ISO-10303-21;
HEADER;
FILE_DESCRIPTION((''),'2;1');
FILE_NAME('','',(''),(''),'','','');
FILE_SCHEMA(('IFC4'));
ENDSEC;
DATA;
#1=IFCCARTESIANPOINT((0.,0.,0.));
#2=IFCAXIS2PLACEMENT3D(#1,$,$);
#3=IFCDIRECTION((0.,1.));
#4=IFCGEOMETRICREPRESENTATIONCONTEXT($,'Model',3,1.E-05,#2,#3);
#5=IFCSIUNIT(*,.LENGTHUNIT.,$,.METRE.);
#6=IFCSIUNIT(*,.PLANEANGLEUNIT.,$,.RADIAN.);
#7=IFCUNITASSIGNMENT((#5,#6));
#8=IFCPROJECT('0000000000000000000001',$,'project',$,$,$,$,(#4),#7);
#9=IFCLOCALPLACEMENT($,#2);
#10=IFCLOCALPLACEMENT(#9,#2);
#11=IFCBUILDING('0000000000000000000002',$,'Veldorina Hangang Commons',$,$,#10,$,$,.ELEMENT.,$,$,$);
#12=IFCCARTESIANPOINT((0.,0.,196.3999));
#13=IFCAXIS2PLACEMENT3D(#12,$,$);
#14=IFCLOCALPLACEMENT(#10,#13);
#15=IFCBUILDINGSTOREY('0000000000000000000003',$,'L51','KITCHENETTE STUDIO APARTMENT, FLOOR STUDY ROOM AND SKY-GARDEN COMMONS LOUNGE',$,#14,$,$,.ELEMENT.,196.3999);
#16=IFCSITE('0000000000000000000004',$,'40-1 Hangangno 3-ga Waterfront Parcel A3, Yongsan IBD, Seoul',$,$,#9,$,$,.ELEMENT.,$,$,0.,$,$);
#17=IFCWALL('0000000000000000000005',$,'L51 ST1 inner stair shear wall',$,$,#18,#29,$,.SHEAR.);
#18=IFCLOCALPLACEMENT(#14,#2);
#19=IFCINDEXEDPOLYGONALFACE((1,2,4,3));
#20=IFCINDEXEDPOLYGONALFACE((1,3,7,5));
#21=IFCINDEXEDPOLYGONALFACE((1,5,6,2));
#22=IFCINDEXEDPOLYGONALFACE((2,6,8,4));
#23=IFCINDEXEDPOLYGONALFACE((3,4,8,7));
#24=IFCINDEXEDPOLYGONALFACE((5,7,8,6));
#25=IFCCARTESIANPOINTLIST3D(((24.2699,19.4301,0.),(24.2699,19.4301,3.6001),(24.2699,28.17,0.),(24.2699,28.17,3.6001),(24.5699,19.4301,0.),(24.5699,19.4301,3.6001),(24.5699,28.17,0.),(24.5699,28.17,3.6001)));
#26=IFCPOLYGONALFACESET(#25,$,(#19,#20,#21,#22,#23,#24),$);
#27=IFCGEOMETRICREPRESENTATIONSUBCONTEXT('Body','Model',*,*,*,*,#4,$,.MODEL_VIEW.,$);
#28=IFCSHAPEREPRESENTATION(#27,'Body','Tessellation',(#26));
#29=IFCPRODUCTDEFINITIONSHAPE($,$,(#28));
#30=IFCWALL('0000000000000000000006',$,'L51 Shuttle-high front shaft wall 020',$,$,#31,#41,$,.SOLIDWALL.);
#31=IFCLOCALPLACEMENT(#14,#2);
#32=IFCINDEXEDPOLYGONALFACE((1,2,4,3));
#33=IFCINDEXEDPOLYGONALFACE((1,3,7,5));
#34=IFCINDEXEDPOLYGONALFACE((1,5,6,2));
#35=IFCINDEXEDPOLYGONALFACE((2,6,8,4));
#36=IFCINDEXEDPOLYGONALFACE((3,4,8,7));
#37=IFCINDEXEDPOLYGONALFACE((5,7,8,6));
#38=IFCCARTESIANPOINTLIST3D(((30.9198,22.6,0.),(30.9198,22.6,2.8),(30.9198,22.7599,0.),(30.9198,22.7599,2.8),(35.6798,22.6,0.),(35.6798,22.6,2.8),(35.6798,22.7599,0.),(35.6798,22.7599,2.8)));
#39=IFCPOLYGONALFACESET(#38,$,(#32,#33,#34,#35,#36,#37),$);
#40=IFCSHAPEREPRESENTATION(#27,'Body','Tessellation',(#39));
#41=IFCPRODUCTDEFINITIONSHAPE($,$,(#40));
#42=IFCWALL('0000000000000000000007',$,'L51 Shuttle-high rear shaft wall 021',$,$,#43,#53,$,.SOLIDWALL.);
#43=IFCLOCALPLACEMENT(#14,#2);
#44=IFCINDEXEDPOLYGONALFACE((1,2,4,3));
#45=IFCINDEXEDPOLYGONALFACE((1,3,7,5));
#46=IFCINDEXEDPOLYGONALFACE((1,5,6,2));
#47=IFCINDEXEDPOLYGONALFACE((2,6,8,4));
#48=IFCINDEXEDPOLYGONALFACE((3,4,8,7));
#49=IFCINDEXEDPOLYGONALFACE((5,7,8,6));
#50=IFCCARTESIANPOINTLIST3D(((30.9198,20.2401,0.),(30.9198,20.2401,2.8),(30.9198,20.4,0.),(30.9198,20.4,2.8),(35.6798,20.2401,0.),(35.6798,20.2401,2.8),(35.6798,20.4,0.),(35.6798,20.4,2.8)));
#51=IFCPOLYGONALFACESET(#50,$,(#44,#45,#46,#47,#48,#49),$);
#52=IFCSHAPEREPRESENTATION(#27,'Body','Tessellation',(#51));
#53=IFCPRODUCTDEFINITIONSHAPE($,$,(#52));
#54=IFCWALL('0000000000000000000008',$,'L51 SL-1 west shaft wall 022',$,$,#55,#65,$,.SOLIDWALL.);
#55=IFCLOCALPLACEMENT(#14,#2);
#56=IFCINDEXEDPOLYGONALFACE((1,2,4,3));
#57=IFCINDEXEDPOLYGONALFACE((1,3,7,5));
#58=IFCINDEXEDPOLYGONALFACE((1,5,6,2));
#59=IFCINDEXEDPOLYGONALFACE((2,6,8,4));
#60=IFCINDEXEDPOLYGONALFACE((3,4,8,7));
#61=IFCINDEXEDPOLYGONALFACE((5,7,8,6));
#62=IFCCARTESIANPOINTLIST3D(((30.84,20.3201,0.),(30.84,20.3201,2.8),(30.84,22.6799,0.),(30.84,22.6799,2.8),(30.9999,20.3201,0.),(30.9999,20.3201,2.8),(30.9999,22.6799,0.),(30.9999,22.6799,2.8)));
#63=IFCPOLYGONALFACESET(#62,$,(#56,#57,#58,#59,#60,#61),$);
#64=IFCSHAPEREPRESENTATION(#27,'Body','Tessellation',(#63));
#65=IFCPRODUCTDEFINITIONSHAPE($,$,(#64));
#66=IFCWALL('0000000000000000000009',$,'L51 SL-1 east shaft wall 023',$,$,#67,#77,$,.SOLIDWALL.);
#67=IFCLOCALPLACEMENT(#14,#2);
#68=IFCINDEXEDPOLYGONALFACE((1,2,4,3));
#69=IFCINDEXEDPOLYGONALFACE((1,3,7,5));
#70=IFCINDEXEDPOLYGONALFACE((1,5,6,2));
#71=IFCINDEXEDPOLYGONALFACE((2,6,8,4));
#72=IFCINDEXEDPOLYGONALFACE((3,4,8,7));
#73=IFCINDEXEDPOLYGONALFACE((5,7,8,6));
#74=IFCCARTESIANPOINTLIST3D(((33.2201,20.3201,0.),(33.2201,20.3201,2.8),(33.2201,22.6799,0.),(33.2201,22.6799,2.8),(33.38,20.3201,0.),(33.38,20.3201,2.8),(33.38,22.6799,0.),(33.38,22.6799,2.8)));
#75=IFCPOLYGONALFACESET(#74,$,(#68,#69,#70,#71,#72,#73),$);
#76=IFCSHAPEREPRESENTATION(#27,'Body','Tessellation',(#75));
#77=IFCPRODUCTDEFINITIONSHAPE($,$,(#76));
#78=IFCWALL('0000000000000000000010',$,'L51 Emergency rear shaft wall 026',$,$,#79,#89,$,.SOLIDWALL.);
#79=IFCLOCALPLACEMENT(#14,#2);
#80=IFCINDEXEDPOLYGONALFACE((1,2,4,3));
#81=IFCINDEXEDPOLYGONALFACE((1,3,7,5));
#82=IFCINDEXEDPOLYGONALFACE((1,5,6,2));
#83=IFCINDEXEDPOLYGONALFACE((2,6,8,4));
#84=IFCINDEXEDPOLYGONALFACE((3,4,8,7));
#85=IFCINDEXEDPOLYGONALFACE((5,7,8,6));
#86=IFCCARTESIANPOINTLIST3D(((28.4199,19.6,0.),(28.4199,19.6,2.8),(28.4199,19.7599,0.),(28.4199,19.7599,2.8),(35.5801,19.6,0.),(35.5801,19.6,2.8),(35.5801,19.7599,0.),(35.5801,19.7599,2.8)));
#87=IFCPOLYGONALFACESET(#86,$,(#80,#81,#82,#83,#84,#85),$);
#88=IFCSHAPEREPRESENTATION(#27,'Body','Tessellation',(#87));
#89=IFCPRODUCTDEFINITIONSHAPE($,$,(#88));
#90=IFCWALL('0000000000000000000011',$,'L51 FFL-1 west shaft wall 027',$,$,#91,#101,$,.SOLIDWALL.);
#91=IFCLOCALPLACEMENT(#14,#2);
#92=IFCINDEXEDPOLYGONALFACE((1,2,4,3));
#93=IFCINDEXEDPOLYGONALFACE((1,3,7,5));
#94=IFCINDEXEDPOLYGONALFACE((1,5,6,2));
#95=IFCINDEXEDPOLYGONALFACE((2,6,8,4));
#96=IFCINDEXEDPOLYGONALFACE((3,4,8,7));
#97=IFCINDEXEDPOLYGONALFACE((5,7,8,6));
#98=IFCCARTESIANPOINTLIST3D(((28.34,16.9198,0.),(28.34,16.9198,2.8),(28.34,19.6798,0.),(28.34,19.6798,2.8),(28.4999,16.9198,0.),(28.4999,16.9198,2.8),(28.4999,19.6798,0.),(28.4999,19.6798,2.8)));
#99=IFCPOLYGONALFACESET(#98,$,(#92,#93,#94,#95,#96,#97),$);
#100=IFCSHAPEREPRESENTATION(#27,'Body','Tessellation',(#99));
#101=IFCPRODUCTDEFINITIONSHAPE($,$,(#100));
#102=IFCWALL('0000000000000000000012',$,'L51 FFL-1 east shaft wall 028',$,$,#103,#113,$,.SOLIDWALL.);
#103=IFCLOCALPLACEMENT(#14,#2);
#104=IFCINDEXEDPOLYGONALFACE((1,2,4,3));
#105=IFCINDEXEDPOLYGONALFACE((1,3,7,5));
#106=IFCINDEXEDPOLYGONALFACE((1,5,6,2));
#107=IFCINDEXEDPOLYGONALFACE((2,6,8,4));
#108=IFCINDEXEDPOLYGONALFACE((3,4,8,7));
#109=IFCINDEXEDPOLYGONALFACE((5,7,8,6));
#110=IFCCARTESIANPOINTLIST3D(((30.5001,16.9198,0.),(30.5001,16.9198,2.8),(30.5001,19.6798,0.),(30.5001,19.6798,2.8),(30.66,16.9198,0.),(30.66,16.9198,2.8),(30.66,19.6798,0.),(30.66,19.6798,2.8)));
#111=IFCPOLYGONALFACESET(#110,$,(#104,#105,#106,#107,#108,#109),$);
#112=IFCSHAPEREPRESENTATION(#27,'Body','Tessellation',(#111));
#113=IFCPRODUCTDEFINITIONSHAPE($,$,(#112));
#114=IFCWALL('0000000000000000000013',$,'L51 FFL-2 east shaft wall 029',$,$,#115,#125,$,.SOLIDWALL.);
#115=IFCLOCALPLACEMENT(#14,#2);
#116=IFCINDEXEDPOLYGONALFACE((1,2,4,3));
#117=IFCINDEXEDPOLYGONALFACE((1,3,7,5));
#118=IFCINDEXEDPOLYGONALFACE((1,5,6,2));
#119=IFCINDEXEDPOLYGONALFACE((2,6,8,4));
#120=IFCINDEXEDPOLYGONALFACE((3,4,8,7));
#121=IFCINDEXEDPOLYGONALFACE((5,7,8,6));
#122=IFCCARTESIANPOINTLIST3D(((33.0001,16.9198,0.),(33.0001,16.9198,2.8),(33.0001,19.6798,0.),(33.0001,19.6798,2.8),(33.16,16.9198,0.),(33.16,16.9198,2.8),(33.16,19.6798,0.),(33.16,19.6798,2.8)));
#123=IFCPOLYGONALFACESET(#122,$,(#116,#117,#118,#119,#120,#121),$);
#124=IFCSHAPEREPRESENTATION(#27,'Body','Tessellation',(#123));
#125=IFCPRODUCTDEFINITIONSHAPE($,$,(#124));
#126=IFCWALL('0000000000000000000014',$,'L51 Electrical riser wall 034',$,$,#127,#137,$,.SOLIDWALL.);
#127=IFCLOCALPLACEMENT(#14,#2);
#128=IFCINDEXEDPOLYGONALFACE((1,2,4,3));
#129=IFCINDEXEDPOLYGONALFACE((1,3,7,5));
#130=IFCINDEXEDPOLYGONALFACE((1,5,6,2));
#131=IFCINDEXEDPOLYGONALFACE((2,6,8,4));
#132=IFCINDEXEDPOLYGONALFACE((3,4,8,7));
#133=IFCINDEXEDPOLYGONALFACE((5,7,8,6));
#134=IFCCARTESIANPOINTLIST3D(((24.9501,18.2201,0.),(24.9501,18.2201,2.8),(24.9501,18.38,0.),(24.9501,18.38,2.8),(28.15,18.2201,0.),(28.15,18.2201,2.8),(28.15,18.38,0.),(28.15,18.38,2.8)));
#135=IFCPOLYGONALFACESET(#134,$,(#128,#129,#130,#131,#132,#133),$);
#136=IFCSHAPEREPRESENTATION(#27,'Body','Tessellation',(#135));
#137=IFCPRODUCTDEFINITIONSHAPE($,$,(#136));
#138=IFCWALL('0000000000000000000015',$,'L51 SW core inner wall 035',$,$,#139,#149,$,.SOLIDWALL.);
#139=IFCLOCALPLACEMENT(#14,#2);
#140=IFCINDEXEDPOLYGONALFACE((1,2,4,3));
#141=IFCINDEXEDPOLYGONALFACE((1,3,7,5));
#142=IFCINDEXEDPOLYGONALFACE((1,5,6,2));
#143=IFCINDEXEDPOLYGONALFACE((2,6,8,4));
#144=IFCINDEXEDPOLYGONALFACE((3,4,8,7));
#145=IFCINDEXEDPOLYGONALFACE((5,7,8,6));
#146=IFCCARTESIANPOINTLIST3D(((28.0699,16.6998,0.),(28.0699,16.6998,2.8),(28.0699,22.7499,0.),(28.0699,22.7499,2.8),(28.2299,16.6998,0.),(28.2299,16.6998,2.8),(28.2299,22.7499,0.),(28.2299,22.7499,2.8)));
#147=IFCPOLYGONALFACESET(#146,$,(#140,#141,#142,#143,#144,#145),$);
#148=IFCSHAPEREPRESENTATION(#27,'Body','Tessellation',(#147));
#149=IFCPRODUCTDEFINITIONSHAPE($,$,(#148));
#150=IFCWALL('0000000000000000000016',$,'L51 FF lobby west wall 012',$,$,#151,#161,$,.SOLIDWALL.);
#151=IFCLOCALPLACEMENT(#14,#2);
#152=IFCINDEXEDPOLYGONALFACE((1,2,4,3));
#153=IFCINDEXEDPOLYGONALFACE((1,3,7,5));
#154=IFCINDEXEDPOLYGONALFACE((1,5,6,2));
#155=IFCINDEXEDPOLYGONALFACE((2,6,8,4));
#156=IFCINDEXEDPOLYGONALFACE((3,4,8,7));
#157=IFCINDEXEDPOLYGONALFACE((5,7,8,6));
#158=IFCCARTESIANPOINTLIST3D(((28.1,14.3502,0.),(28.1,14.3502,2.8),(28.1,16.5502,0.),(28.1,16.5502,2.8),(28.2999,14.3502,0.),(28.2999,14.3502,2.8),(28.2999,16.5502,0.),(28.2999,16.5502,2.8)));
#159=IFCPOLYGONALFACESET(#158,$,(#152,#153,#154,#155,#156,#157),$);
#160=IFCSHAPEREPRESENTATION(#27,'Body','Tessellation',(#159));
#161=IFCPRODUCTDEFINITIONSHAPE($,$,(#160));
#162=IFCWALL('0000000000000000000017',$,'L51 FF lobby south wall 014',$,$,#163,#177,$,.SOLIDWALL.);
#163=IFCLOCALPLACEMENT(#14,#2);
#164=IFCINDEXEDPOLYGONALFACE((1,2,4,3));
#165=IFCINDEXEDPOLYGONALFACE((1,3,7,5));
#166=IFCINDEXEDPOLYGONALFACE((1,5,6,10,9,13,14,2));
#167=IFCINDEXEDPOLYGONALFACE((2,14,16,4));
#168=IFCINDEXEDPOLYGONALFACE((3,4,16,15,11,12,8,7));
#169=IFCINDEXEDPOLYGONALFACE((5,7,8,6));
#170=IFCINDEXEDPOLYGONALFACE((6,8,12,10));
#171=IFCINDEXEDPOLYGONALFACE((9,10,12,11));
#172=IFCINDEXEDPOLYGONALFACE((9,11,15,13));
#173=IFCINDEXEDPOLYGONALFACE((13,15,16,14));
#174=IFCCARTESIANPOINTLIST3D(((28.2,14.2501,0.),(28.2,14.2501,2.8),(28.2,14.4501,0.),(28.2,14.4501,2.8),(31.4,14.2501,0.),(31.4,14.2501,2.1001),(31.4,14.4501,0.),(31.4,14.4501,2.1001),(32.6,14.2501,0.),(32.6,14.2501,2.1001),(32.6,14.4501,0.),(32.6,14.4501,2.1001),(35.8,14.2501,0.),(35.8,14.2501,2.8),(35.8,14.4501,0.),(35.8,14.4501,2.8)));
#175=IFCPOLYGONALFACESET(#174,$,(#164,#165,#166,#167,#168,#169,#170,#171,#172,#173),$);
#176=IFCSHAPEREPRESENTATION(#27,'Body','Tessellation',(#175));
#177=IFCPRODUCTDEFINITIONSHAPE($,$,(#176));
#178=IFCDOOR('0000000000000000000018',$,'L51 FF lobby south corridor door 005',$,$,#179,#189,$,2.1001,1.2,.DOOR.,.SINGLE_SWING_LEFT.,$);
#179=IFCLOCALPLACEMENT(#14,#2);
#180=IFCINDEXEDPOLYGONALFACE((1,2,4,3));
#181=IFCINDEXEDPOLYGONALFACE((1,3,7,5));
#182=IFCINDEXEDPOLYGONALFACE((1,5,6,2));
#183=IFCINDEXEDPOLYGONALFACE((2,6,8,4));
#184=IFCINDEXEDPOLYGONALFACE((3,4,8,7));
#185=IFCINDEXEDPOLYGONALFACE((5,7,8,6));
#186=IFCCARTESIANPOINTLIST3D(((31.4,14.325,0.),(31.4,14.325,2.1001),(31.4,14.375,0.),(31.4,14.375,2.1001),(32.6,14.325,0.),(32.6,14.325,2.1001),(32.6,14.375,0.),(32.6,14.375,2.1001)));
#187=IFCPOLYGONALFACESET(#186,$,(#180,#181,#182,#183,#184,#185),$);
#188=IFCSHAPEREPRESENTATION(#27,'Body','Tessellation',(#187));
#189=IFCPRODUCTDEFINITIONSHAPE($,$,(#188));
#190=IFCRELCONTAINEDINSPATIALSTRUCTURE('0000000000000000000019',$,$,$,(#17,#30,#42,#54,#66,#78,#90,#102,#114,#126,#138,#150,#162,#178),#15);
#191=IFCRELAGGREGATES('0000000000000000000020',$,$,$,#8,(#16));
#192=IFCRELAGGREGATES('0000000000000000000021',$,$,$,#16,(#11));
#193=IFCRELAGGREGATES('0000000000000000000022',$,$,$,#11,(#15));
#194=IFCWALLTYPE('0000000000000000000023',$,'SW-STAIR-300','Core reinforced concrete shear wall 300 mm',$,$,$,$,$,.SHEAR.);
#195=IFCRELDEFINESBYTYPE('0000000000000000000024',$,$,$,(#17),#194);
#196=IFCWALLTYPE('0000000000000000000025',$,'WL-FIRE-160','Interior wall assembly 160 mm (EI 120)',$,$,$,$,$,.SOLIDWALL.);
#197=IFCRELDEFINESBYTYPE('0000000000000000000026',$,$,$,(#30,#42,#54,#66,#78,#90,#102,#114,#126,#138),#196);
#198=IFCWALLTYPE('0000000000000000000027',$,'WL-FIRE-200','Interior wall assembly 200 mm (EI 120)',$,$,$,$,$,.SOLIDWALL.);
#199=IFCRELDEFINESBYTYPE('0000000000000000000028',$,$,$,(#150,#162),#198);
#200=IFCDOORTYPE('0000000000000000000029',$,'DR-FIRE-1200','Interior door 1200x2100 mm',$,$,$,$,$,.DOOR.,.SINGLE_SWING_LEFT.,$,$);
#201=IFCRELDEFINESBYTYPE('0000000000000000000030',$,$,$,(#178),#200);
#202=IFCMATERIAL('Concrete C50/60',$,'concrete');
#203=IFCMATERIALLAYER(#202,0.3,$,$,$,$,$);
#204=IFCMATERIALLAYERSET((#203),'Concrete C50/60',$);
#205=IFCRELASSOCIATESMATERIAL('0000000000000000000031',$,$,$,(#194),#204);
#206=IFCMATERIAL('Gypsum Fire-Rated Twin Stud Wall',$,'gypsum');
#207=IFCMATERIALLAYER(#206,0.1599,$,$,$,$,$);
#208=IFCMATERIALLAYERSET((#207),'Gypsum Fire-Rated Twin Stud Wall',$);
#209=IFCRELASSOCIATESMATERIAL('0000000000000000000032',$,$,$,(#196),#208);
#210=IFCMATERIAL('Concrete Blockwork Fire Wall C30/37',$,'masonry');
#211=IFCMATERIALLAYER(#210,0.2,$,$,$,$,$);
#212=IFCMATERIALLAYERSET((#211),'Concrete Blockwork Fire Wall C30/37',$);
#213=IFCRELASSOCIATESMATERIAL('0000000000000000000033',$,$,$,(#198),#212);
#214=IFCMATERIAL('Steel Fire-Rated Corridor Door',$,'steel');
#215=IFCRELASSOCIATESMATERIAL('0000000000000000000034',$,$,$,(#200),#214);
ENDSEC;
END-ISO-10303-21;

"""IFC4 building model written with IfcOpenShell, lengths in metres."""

from ifc_helpers import new_model, si_unit, direction, frame, frame_2d, origin, place, context, subcontext, project, spatial, rectangle, extrude, material, layer, layer_set, type_object, element, fill, save


model = new_model("IFC4")

# Units and contexts
model_context = context("Model", 3, precision=1e-05, world=origin(), true_north=direction((0.0, 1.0)))
body_context = subcontext(model_context, "Body", "Model", "MODEL_VIEW")
ifc_project = project(units=[si_unit("LENGTHUNIT", "METRE"), si_unit("PLANEANGLEUNIT", "RADIAN")], contexts=[model_context])

# Site, building, storey
site_placement = place(None, origin())
site = spatial("IfcSite", under=ifc_project, at=site_placement, Name="40-1 Hangangno 3-ga Waterfront Parcel A3, Yongsan IBD, Seoul", CompositionType="ELEMENT", RefElevation=0.0)
building_placement = place(site_placement, origin())
building = spatial("IfcBuilding", under=site, at=building_placement, Name="Veldorina Hangang Commons", CompositionType="ELEMENT")
storey_placement = place(building_placement, frame((0.0, 0.0, 196.3999)))
storey = spatial("IfcBuildingStorey", under=building, at=storey_placement, Name="L51", Description="KITCHENETTE STUDIO APARTMENT, FLOOR STUDY ROOM AND SKY-GARDEN COMMONS LOUNGE", CompositionType="ELEMENT", Elevation=196.3999)

# Walls
ifc_material_1 = material(Name="Concrete C50/60", Category="concrete")
ifc_layer_1 = layer(ifc_material_1, 0.3)
ifc_layer_set_1 = layer_set([ifc_layer_1], Name="Concrete C50/60")
wall_type_1 = type_object("IfcWallType", Name="SW-STAIR-300", Description="Core reinforced concrete shear wall 300 mm", PredefinedType="SHEAR", material=ifc_layer_set_1)
wall_1_placement = place(storey_placement, frame((24.4199, 19.4299, 0.0), z_axis=(0.0, 0.0, 1.0), x_axis=(0.0, 1.0, 0.0)))
element("IfcWall", 1, at=wall_1_placement, inside=storey, type_object=wall_type_1, Name="L51 ST1 inner stair shear wall", PredefinedType="SHEAR", context=body_context, shape_type="SweptSolid", body=[
    extrude(rectangle(XDim=8.74, YDim=0.3, at=frame_2d((4.3701, 0.0))), origin(), (0.0, 0.0, 1.0), 3.6001),
])
ifc_material_2 = material(Name="Gypsum Fire-Rated Twin Stud Wall", Category="gypsum")
ifc_layer_2 = layer(ifc_material_2, 0.1599)
ifc_layer_set_2 = layer_set([ifc_layer_2], Name="Gypsum Fire-Rated Twin Stud Wall")
wall_type_2 = type_object("IfcWallType", Name="WL-FIRE-160", Description="Interior wall assembly 160 mm (EI 120)", PredefinedType="SOLIDWALL", material=ifc_layer_set_2)
for number, where, z_axis, x_axis, name in (
    (2, (30.9199, 22.6799, 0.0), (0.0, 0.0, 1.0), (1.0, 0.0, 0.0), "L51 Shuttle-high front shaft wall 020"),
    (3, (30.9199, 20.3201, 0.0), (0.0, 0.0, 1.0), (1.0, 0.0, 0.0), "L51 Shuttle-high rear shaft wall 021"),
):
    element("IfcWall", number, at=place(storey_placement, frame(where, z_axis=z_axis, x_axis=x_axis)), inside=storey, type_object=wall_type_2, Name=name, PredefinedType="SOLIDWALL", context=body_context, shape_type="SweptSolid", body=[
        extrude(rectangle(XDim=4.76, YDim=0.1599, at=frame_2d((2.3799, 0.0))), origin(), (0.0, 0.0, 1.0), 2.8),
    ])
for number, where, z_axis, x_axis, name in (
    (4, (30.9199, 20.3201, 0.0), (0.0, 0.0, 1.0), (0.0, 1.0, 0.0), "L51 SL-1 west shaft wall 022"),
    (5, (33.3, 20.3201, 0.0), (0.0, 0.0, 1.0), (0.0, 1.0, 0.0), "L51 SL-1 east shaft wall 023"),
):
    element("IfcWall", number, at=place(storey_placement, frame(where, z_axis=z_axis, x_axis=x_axis)), inside=storey, type_object=wall_type_2, Name=name, PredefinedType="SOLIDWALL", context=body_context, shape_type="SweptSolid", body=[
        extrude(rectangle(XDim=2.3599, YDim=0.1599, at=frame_2d((1.1799, 0.0))), origin(), (0.0, 0.0, 1.0), 2.8),
    ])

# Walls
wall_2_placement = place(storey_placement, frame((28.4199, 19.6799, 0.0), z_axis=(0.0, 0.0, 1.0), x_axis=(1.0, 0.0, 0.0)))
element("IfcWall", 6, at=wall_2_placement, inside=storey, type_object=wall_type_2, Name="L51 Emergency rear shaft wall 026", PredefinedType="SOLIDWALL", context=body_context, shape_type="SweptSolid", body=[
    extrude(rectangle(XDim=7.1602, YDim=0.1599, at=frame_2d((3.5801, 0.0))), origin(), (0.0, 0.0, 1.0), 2.8),
])
for number, where, z_axis, x_axis, name in (
    (7, (28.4199, 16.9199, 0.0), (0.0, 0.0, 1.0), (0.0, 1.0, 0.0), "L51 FFL-1 west shaft wall 027"),
    (8, (30.5801, 16.9199, 0.0), (0.0, 0.0, 1.0), (0.0, 1.0, 0.0), "L51 FFL-1 east shaft wall 028"),
    (9, (33.0801, 16.9199, 0.0), (0.0, 0.0, 1.0), (0.0, 1.0, 0.0), "L51 FFL-2 east shaft wall 029"),
):
    element("IfcWall", number, at=place(storey_placement, frame(where, z_axis=z_axis, x_axis=x_axis)), inside=storey, type_object=wall_type_2, Name=name, PredefinedType="SOLIDWALL", context=body_context, shape_type="SweptSolid", body=[
        extrude(rectangle(XDim=2.76, YDim=0.1599, at=frame_2d((1.3799, 0.0))), origin(), (0.0, 0.0, 1.0), 2.8),
    ])
wall_3_placement = place(storey_placement, frame((24.95, 18.3, 0.0), z_axis=(0.0, 0.0, 1.0), x_axis=(1.0, 0.0, 0.0)))
element("IfcWall", 10, at=wall_3_placement, inside=storey, type_object=wall_type_2, Name="L51 Electrical riser wall 034", PredefinedType="SOLIDWALL", context=body_context, shape_type="SweptSolid", body=[
    extrude(rectangle(XDim=3.2, YDim=0.1599, at=frame_2d((1.6001, 0.0))), origin(), (0.0, 0.0, 1.0), 2.8),
])
wall_4_placement = place(storey_placement, frame((28.1499, 16.7, 0.0), z_axis=(0.0, 0.0, 1.0), x_axis=(0.0, 1.0, 0.0)))
element("IfcWall", 11, at=wall_4_placement, inside=storey, type_object=wall_type_2, Name="L51 SW core inner wall 035", PredefinedType="SOLIDWALL", context=body_context, shape_type="SweptSolid", body=[
    extrude(rectangle(XDim=6.05, YDim=0.1599, at=frame_2d((3.0249, 0.0))), origin(), (0.0, 0.0, 1.0), 2.8),
])
ifc_material_3 = material(Name="Concrete Blockwork Fire Wall C30/37", Category="masonry")
ifc_layer_3 = layer(ifc_material_3, 0.2)
ifc_layer_set_3 = layer_set([ifc_layer_3], Name="Concrete Blockwork Fire Wall C30/37")
wall_type_3 = type_object("IfcWallType", Name="WL-FIRE-200", Description="Interior wall assembly 200 mm (EI 120)", PredefinedType="SOLIDWALL", material=ifc_layer_set_3)
wall_5_placement = place(storey_placement, frame((28.2, 14.3501, 0.0), z_axis=(0.0, 0.0, 1.0), x_axis=(0.0, 1.0, 0.0)))
element("IfcWall", 12, at=wall_5_placement, inside=storey, type_object=wall_type_3, Name="L51 FF lobby west wall 012", PredefinedType="SOLIDWALL", context=body_context, shape_type="SweptSolid", body=[
    extrude(rectangle(XDim=2.2, YDim=0.2, at=frame_2d((1.1001, 0.0))), origin(), (0.0, 0.0, 1.0), 2.8),
])

# Wall, opening, door
wall_6_placement = place(storey_placement, frame((28.2, 14.3501, 0.0), z_axis=(0.0, 0.0, 1.0), x_axis=(1.0, 0.0, 0.0)))
wall_6 = element("IfcWall", 13, at=wall_6_placement, inside=storey, type_object=wall_type_3, Name="L51 FF lobby south wall 014", PredefinedType="SOLIDWALL", context=body_context, shape_type="SweptSolid", body=[
    extrude(rectangle(XDim=7.6001, YDim=0.2, at=frame_2d((3.8, 0.0))), origin(), (0.0, 0.0, 1.0), 2.8),
])
opening_1_placement = place(wall_6_placement, frame((3.2, 0.0, 0.0)))
opening_1 = element("IfcOpeningElement", 14, at=opening_1_placement, cuts=wall_6, PredefinedType="OPENING", context=body_context, shape_type="SweptSolid", body=[
    extrude(rectangle(XDim=1.2, YDim=2.1001, at=frame_2d((0.6001, 1.05))), frame((0.0, 0.1099, 0.0), z_axis=(0.0, -1.0, 0.0), x_axis=(1.0, 0.0, 0.0)), (0.0, 0.0, 1.0), 0.22),
])
ifc_material_4 = material(Name="Steel Fire-Rated Corridor Door", Category="steel")
door_type_1 = type_object("IfcDoorType", Name="DR-FIRE-1200", Description="Interior door 1200x2100 mm", OperationType="SINGLE_SWING_LEFT", PredefinedType="DOOR", material=ifc_material_4)
door_1_placement = place(opening_1_placement, origin())
door_1 = element("IfcDoor", 15, at=door_1_placement, inside=storey, type_object=door_type_1, Name="L51 FF lobby south corridor door 005", OperationType="SINGLE_SWING_LEFT", OverallHeight=2.1001, OverallWidth=1.2, PredefinedType="DOOR", context=body_context, shape_type="SweptSolid", body=[
    extrude(rectangle(XDim=1.2, YDim=2.1001, at=frame_2d((0.6001, 1.05))), frame((0.0, 0.0249, 0.0), z_axis=(0.0, -1.0, 0.0), x_axis=(1.0, 0.0, 0.0)), (0.0, 0.0, 1.0), 0.05),
])
fill(opening_1, door_1)

save(model, "model.ifc")
